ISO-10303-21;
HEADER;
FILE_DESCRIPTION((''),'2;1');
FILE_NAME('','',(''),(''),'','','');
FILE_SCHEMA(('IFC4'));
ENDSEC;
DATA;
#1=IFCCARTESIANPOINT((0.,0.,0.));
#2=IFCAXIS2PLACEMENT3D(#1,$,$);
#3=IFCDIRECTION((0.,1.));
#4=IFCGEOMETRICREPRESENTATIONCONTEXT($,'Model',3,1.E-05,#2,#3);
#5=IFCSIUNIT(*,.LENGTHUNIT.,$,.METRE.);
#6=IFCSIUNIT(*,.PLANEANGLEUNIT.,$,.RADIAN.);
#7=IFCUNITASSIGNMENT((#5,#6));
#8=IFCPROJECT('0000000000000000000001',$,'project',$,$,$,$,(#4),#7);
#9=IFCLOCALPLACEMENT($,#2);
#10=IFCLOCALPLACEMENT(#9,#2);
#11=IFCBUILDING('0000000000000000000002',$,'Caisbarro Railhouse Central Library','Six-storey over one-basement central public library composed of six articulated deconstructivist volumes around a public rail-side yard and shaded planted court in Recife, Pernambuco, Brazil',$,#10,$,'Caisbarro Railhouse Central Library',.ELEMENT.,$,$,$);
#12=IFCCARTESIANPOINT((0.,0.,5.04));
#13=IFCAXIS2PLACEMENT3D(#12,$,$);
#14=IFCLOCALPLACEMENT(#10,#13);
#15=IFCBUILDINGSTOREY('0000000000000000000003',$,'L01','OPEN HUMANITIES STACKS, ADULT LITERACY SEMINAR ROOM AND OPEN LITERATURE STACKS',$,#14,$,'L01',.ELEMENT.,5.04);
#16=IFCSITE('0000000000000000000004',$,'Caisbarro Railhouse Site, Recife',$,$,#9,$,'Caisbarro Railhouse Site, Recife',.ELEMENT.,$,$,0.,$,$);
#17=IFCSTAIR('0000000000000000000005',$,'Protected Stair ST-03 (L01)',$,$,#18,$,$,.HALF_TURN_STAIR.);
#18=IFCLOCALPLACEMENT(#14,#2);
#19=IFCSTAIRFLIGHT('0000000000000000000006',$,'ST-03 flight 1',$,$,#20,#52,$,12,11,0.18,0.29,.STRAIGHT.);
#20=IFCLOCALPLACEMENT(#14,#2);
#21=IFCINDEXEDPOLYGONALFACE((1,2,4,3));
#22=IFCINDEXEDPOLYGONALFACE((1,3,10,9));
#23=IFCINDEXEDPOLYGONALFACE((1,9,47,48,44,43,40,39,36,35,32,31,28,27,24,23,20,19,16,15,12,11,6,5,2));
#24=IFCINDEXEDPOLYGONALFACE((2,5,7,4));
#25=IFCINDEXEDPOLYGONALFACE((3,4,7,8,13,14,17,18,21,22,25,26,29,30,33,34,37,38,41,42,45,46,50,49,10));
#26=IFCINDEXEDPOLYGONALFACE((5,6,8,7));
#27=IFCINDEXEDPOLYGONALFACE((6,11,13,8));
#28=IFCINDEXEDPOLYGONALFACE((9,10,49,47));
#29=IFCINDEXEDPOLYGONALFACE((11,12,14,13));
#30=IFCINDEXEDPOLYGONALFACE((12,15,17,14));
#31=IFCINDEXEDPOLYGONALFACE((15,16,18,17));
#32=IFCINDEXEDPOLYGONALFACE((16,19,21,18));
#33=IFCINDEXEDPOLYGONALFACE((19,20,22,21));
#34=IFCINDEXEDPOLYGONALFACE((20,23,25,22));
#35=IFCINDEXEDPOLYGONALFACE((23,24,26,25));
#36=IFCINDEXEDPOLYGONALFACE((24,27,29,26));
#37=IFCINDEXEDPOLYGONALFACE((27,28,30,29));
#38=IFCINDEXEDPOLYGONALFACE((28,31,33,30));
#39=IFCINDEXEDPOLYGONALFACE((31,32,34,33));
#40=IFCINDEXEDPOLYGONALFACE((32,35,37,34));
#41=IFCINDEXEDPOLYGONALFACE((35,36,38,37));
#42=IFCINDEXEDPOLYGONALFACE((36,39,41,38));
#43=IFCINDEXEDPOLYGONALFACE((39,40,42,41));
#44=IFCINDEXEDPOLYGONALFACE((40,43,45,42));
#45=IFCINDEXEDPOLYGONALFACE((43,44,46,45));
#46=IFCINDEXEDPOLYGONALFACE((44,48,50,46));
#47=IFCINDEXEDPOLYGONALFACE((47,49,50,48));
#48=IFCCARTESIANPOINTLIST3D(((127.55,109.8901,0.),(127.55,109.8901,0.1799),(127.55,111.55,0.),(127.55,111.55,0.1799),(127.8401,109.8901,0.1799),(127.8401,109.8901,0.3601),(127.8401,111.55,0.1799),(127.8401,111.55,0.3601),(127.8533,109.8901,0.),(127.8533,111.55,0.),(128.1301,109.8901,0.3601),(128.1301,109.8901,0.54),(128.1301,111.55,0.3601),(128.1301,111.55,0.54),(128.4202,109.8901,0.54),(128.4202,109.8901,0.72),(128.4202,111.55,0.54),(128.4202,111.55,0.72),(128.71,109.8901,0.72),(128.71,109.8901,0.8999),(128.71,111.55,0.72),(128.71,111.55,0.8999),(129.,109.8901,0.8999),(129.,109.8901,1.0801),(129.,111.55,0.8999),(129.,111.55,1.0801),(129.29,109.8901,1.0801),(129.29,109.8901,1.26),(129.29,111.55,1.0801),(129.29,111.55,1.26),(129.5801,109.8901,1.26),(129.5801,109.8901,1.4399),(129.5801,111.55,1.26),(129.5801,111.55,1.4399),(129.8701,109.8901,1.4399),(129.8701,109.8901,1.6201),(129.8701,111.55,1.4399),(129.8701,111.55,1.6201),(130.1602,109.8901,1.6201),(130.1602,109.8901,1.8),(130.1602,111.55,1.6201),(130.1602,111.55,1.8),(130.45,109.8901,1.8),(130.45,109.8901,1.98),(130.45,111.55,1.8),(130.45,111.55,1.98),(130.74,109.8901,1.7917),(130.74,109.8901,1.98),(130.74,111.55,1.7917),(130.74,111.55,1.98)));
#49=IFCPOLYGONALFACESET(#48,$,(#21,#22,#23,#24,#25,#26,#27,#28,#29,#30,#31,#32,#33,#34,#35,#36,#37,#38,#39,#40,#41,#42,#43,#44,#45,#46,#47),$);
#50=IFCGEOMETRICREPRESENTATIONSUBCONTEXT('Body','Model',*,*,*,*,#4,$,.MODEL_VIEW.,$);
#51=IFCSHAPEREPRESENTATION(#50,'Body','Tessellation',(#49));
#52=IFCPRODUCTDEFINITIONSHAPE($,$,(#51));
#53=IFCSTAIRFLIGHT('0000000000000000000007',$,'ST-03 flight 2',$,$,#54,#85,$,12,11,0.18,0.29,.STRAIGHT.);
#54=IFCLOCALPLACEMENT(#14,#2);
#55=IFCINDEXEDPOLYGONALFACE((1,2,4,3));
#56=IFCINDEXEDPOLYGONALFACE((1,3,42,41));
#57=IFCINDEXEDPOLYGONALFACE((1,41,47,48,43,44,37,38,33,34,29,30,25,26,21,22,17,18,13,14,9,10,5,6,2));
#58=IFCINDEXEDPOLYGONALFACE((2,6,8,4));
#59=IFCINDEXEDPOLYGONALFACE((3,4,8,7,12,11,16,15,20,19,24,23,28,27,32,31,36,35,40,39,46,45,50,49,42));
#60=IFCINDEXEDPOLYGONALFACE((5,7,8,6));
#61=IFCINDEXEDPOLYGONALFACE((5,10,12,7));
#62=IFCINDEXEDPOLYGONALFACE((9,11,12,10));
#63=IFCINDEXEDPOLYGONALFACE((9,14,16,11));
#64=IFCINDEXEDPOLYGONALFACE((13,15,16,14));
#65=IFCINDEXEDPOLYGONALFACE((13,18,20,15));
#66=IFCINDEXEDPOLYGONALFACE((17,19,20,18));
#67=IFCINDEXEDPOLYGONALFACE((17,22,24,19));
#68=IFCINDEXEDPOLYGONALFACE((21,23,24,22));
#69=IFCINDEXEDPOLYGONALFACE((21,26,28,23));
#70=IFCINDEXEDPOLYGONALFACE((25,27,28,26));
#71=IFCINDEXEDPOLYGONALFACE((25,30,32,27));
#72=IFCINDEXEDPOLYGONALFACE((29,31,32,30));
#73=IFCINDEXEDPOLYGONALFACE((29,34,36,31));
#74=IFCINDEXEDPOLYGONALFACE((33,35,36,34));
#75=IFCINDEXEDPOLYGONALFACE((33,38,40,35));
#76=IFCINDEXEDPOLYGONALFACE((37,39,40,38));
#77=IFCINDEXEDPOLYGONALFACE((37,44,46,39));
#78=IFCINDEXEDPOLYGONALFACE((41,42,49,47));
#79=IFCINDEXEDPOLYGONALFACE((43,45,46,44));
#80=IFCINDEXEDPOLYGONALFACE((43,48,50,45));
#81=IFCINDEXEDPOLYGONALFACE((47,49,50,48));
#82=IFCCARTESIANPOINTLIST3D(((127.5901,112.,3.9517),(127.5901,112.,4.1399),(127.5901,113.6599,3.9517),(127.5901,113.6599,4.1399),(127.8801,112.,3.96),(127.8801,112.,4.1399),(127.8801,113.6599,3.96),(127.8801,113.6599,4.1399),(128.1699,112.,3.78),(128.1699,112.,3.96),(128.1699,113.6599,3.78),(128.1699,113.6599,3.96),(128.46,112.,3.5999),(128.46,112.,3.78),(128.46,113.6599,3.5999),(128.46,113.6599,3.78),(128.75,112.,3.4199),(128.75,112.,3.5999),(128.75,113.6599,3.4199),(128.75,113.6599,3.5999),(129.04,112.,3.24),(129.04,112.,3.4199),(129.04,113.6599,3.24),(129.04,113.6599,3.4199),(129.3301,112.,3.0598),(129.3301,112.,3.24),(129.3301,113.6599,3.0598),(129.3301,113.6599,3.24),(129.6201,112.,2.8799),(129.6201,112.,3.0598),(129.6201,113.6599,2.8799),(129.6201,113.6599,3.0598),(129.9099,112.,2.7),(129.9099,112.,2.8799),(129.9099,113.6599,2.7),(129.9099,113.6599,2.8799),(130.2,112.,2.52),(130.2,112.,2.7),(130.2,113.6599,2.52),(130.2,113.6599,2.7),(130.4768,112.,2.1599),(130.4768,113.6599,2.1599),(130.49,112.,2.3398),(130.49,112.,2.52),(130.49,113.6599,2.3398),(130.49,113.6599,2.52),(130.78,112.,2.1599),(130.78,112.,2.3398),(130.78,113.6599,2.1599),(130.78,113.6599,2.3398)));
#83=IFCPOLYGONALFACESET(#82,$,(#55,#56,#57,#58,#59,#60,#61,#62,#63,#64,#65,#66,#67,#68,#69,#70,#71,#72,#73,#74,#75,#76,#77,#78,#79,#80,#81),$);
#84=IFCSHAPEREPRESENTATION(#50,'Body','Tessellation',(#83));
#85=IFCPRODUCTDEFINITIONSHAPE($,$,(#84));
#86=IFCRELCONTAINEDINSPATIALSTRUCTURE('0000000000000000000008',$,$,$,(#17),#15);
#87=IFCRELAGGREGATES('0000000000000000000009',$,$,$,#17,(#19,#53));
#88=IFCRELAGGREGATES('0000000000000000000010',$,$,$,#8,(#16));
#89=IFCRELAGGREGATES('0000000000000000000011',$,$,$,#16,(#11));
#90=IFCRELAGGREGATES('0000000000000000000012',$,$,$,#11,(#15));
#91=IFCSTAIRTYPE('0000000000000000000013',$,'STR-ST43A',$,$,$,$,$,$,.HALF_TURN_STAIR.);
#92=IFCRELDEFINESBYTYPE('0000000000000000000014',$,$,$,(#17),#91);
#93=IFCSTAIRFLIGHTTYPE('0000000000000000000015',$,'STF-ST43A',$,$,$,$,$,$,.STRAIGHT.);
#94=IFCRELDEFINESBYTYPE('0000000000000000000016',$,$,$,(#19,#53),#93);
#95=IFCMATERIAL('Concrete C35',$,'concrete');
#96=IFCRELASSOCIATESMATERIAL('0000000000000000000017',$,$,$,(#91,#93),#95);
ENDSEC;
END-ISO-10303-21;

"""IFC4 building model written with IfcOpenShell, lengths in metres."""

from ifc_helpers import new_model, si_unit, direction, frame, origin, place, context, subcontext, project, spatial, polyline, outline, extrude, material, type_object, element, aggregate, save


model = new_model("IFC4")

# Units and contexts
model_context = context("Model", 3, precision=1e-05, world=origin(), true_north=direction((0.0, 1.0)))
body_context = subcontext(model_context, "Body", "Model", "MODEL_VIEW")
ifc_project = project(units=[si_unit("LENGTHUNIT", "METRE"), si_unit("PLANEANGLEUNIT", "RADIAN")], contexts=[model_context])

# Site, building, storey
site_placement = place(None, origin())
site = spatial("IfcSite", under=ifc_project, at=site_placement, Name="Caisbarro Railhouse Site, Recife", LongName="Caisbarro Railhouse Site, Recife", CompositionType="ELEMENT", RefElevation=0.0)
building_placement = place(site_placement, origin())
building = spatial("IfcBuilding", under=site, at=building_placement, Name="Caisbarro Railhouse Central Library", Description="Six-storey over one-basement central public library composed of six articulated deconstructivist volumes around a public rail-side yard and shaded planted court in Recife, Pernambuco, Brazil", LongName="Caisbarro Railhouse Central Library", CompositionType="ELEMENT")
storey_placement = place(building_placement, frame((0.0, 0.0, 5.04)))
storey = spatial("IfcBuildingStorey", under=building, at=storey_placement, Name="L01", Description="OPEN HUMANITIES STACKS, ADULT LITERACY SEMINAR ROOM AND OPEN LITERATURE STACKS", LongName="L01", CompositionType="ELEMENT", Elevation=5.04)

# Stair, stair flights
ifc_material_1 = material(Name="Concrete C35", Category="concrete")
stair_type = type_object("IfcStairType", Name="STR-ST43A", PredefinedType="HALF_TURN_STAIR", material=ifc_material_1)
stair_placement = place(storey_placement, origin())
stair = element("IfcStair", 1, at=stair_placement, inside=storey, type_object=stair_type, Name="Protected Stair ST-03 (L01)", PredefinedType="HALF_TURN_STAIR")
stair_flight_type = type_object("IfcStairFlightType", Name="STF-ST43A", PredefinedType="STRAIGHT", material=ifc_material_1)
stair_flight_1_placement = place(storey_placement, frame((127.55, 110.72, 0.0), z_axis=(0.0, 0.0, 1.0), x_axis=(1.0, 0.0, 0.0)))
stair_flight_1 = element("IfcStairFlight", 2, at=stair_flight_1_placement, type_object=stair_flight_type, Name="ST-03 flight 1", NumberOfRisers=12, NumberOfTreads=11, PredefinedType="STRAIGHT", RiserHeight=0.18, TreadLength=0.29, context=body_context, shape_type="SweptSolid", body=[
    extrude(outline(polyline([(0.0, 0.0), (0.0, 0.1799), (0.29, 0.1799), (0.29, 0.3601), (0.5801, 0.3601), (0.5801, 0.54), (0.8701, 0.54), (0.8701, 0.72), (1.1599, 0.72), (1.1599, 0.8999), (1.45, 0.8999), (1.45, 1.0801), (1.74, 1.0801), (1.74, 1.26), (2.03, 1.26), (2.03, 1.4399), (2.3201, 1.4399), (2.3201, 1.6201), (2.6101, 1.6201), (2.6101, 1.8), (2.8999, 1.8), (2.8999, 1.98), (3.1899, 1.98), (3.1899, 2.1599), (3.1899, 1.7917), (0.3032, 0.0), (0.0, 0.0)])), frame((0.0, 0.8301, 0.0), z_axis=(0.0, -1.0, 0.0), x_axis=(1.0, 0.0, 0.0)), (0.0, 0.0, 1.0), 1.6599),
])
stair_flight_2_placement = place(storey_placement, frame((130.78, 112.8301, 2.1599), z_axis=(0.0, 0.0, 1.0), x_axis=(-1.0, 0.0, 0.0)))
stair_flight_2 = element("IfcStairFlight", 3, at=stair_flight_2_placement, type_object=stair_flight_type, Name="ST-03 flight 2", NumberOfRisers=12, NumberOfTreads=11, PredefinedType="STRAIGHT", RiserHeight=0.18, TreadLength=0.29, context=body_context, shape_type="SweptSolid", body=[
    extrude(outline(polyline([(0.0, 0.0), (0.0, 0.1799), (0.29, 0.1799), (0.29, 0.3601), (0.5801, 0.3601), (0.5801, 0.54), (0.8701, 0.54), (0.8701, 0.72), (1.1599, 0.72), (1.1599, 0.8999), (1.45, 0.8999), (1.45, 1.0801), (1.74, 1.0801), (1.74, 1.26), (2.03, 1.26), (2.03, 1.4399), (2.3201, 1.4399), (2.3201, 1.6201), (2.6101, 1.6201), (2.6101, 1.8), (2.8999, 1.8), (2.8999, 1.98), (3.1899, 1.98), (3.1899, 2.1599), (3.1899, 1.7917), (0.3032, 0.0), (0.0, 0.0)])), frame((0.0, 0.8301, 0.0), z_axis=(0.0, -1.0, 0.0), x_axis=(1.0, 0.0, 0.0)), (0.0, 0.0, 1.0), 1.6599),
])
aggregate(stair, [stair_flight_1, stair_flight_2])

save(model, "model.ifc")
